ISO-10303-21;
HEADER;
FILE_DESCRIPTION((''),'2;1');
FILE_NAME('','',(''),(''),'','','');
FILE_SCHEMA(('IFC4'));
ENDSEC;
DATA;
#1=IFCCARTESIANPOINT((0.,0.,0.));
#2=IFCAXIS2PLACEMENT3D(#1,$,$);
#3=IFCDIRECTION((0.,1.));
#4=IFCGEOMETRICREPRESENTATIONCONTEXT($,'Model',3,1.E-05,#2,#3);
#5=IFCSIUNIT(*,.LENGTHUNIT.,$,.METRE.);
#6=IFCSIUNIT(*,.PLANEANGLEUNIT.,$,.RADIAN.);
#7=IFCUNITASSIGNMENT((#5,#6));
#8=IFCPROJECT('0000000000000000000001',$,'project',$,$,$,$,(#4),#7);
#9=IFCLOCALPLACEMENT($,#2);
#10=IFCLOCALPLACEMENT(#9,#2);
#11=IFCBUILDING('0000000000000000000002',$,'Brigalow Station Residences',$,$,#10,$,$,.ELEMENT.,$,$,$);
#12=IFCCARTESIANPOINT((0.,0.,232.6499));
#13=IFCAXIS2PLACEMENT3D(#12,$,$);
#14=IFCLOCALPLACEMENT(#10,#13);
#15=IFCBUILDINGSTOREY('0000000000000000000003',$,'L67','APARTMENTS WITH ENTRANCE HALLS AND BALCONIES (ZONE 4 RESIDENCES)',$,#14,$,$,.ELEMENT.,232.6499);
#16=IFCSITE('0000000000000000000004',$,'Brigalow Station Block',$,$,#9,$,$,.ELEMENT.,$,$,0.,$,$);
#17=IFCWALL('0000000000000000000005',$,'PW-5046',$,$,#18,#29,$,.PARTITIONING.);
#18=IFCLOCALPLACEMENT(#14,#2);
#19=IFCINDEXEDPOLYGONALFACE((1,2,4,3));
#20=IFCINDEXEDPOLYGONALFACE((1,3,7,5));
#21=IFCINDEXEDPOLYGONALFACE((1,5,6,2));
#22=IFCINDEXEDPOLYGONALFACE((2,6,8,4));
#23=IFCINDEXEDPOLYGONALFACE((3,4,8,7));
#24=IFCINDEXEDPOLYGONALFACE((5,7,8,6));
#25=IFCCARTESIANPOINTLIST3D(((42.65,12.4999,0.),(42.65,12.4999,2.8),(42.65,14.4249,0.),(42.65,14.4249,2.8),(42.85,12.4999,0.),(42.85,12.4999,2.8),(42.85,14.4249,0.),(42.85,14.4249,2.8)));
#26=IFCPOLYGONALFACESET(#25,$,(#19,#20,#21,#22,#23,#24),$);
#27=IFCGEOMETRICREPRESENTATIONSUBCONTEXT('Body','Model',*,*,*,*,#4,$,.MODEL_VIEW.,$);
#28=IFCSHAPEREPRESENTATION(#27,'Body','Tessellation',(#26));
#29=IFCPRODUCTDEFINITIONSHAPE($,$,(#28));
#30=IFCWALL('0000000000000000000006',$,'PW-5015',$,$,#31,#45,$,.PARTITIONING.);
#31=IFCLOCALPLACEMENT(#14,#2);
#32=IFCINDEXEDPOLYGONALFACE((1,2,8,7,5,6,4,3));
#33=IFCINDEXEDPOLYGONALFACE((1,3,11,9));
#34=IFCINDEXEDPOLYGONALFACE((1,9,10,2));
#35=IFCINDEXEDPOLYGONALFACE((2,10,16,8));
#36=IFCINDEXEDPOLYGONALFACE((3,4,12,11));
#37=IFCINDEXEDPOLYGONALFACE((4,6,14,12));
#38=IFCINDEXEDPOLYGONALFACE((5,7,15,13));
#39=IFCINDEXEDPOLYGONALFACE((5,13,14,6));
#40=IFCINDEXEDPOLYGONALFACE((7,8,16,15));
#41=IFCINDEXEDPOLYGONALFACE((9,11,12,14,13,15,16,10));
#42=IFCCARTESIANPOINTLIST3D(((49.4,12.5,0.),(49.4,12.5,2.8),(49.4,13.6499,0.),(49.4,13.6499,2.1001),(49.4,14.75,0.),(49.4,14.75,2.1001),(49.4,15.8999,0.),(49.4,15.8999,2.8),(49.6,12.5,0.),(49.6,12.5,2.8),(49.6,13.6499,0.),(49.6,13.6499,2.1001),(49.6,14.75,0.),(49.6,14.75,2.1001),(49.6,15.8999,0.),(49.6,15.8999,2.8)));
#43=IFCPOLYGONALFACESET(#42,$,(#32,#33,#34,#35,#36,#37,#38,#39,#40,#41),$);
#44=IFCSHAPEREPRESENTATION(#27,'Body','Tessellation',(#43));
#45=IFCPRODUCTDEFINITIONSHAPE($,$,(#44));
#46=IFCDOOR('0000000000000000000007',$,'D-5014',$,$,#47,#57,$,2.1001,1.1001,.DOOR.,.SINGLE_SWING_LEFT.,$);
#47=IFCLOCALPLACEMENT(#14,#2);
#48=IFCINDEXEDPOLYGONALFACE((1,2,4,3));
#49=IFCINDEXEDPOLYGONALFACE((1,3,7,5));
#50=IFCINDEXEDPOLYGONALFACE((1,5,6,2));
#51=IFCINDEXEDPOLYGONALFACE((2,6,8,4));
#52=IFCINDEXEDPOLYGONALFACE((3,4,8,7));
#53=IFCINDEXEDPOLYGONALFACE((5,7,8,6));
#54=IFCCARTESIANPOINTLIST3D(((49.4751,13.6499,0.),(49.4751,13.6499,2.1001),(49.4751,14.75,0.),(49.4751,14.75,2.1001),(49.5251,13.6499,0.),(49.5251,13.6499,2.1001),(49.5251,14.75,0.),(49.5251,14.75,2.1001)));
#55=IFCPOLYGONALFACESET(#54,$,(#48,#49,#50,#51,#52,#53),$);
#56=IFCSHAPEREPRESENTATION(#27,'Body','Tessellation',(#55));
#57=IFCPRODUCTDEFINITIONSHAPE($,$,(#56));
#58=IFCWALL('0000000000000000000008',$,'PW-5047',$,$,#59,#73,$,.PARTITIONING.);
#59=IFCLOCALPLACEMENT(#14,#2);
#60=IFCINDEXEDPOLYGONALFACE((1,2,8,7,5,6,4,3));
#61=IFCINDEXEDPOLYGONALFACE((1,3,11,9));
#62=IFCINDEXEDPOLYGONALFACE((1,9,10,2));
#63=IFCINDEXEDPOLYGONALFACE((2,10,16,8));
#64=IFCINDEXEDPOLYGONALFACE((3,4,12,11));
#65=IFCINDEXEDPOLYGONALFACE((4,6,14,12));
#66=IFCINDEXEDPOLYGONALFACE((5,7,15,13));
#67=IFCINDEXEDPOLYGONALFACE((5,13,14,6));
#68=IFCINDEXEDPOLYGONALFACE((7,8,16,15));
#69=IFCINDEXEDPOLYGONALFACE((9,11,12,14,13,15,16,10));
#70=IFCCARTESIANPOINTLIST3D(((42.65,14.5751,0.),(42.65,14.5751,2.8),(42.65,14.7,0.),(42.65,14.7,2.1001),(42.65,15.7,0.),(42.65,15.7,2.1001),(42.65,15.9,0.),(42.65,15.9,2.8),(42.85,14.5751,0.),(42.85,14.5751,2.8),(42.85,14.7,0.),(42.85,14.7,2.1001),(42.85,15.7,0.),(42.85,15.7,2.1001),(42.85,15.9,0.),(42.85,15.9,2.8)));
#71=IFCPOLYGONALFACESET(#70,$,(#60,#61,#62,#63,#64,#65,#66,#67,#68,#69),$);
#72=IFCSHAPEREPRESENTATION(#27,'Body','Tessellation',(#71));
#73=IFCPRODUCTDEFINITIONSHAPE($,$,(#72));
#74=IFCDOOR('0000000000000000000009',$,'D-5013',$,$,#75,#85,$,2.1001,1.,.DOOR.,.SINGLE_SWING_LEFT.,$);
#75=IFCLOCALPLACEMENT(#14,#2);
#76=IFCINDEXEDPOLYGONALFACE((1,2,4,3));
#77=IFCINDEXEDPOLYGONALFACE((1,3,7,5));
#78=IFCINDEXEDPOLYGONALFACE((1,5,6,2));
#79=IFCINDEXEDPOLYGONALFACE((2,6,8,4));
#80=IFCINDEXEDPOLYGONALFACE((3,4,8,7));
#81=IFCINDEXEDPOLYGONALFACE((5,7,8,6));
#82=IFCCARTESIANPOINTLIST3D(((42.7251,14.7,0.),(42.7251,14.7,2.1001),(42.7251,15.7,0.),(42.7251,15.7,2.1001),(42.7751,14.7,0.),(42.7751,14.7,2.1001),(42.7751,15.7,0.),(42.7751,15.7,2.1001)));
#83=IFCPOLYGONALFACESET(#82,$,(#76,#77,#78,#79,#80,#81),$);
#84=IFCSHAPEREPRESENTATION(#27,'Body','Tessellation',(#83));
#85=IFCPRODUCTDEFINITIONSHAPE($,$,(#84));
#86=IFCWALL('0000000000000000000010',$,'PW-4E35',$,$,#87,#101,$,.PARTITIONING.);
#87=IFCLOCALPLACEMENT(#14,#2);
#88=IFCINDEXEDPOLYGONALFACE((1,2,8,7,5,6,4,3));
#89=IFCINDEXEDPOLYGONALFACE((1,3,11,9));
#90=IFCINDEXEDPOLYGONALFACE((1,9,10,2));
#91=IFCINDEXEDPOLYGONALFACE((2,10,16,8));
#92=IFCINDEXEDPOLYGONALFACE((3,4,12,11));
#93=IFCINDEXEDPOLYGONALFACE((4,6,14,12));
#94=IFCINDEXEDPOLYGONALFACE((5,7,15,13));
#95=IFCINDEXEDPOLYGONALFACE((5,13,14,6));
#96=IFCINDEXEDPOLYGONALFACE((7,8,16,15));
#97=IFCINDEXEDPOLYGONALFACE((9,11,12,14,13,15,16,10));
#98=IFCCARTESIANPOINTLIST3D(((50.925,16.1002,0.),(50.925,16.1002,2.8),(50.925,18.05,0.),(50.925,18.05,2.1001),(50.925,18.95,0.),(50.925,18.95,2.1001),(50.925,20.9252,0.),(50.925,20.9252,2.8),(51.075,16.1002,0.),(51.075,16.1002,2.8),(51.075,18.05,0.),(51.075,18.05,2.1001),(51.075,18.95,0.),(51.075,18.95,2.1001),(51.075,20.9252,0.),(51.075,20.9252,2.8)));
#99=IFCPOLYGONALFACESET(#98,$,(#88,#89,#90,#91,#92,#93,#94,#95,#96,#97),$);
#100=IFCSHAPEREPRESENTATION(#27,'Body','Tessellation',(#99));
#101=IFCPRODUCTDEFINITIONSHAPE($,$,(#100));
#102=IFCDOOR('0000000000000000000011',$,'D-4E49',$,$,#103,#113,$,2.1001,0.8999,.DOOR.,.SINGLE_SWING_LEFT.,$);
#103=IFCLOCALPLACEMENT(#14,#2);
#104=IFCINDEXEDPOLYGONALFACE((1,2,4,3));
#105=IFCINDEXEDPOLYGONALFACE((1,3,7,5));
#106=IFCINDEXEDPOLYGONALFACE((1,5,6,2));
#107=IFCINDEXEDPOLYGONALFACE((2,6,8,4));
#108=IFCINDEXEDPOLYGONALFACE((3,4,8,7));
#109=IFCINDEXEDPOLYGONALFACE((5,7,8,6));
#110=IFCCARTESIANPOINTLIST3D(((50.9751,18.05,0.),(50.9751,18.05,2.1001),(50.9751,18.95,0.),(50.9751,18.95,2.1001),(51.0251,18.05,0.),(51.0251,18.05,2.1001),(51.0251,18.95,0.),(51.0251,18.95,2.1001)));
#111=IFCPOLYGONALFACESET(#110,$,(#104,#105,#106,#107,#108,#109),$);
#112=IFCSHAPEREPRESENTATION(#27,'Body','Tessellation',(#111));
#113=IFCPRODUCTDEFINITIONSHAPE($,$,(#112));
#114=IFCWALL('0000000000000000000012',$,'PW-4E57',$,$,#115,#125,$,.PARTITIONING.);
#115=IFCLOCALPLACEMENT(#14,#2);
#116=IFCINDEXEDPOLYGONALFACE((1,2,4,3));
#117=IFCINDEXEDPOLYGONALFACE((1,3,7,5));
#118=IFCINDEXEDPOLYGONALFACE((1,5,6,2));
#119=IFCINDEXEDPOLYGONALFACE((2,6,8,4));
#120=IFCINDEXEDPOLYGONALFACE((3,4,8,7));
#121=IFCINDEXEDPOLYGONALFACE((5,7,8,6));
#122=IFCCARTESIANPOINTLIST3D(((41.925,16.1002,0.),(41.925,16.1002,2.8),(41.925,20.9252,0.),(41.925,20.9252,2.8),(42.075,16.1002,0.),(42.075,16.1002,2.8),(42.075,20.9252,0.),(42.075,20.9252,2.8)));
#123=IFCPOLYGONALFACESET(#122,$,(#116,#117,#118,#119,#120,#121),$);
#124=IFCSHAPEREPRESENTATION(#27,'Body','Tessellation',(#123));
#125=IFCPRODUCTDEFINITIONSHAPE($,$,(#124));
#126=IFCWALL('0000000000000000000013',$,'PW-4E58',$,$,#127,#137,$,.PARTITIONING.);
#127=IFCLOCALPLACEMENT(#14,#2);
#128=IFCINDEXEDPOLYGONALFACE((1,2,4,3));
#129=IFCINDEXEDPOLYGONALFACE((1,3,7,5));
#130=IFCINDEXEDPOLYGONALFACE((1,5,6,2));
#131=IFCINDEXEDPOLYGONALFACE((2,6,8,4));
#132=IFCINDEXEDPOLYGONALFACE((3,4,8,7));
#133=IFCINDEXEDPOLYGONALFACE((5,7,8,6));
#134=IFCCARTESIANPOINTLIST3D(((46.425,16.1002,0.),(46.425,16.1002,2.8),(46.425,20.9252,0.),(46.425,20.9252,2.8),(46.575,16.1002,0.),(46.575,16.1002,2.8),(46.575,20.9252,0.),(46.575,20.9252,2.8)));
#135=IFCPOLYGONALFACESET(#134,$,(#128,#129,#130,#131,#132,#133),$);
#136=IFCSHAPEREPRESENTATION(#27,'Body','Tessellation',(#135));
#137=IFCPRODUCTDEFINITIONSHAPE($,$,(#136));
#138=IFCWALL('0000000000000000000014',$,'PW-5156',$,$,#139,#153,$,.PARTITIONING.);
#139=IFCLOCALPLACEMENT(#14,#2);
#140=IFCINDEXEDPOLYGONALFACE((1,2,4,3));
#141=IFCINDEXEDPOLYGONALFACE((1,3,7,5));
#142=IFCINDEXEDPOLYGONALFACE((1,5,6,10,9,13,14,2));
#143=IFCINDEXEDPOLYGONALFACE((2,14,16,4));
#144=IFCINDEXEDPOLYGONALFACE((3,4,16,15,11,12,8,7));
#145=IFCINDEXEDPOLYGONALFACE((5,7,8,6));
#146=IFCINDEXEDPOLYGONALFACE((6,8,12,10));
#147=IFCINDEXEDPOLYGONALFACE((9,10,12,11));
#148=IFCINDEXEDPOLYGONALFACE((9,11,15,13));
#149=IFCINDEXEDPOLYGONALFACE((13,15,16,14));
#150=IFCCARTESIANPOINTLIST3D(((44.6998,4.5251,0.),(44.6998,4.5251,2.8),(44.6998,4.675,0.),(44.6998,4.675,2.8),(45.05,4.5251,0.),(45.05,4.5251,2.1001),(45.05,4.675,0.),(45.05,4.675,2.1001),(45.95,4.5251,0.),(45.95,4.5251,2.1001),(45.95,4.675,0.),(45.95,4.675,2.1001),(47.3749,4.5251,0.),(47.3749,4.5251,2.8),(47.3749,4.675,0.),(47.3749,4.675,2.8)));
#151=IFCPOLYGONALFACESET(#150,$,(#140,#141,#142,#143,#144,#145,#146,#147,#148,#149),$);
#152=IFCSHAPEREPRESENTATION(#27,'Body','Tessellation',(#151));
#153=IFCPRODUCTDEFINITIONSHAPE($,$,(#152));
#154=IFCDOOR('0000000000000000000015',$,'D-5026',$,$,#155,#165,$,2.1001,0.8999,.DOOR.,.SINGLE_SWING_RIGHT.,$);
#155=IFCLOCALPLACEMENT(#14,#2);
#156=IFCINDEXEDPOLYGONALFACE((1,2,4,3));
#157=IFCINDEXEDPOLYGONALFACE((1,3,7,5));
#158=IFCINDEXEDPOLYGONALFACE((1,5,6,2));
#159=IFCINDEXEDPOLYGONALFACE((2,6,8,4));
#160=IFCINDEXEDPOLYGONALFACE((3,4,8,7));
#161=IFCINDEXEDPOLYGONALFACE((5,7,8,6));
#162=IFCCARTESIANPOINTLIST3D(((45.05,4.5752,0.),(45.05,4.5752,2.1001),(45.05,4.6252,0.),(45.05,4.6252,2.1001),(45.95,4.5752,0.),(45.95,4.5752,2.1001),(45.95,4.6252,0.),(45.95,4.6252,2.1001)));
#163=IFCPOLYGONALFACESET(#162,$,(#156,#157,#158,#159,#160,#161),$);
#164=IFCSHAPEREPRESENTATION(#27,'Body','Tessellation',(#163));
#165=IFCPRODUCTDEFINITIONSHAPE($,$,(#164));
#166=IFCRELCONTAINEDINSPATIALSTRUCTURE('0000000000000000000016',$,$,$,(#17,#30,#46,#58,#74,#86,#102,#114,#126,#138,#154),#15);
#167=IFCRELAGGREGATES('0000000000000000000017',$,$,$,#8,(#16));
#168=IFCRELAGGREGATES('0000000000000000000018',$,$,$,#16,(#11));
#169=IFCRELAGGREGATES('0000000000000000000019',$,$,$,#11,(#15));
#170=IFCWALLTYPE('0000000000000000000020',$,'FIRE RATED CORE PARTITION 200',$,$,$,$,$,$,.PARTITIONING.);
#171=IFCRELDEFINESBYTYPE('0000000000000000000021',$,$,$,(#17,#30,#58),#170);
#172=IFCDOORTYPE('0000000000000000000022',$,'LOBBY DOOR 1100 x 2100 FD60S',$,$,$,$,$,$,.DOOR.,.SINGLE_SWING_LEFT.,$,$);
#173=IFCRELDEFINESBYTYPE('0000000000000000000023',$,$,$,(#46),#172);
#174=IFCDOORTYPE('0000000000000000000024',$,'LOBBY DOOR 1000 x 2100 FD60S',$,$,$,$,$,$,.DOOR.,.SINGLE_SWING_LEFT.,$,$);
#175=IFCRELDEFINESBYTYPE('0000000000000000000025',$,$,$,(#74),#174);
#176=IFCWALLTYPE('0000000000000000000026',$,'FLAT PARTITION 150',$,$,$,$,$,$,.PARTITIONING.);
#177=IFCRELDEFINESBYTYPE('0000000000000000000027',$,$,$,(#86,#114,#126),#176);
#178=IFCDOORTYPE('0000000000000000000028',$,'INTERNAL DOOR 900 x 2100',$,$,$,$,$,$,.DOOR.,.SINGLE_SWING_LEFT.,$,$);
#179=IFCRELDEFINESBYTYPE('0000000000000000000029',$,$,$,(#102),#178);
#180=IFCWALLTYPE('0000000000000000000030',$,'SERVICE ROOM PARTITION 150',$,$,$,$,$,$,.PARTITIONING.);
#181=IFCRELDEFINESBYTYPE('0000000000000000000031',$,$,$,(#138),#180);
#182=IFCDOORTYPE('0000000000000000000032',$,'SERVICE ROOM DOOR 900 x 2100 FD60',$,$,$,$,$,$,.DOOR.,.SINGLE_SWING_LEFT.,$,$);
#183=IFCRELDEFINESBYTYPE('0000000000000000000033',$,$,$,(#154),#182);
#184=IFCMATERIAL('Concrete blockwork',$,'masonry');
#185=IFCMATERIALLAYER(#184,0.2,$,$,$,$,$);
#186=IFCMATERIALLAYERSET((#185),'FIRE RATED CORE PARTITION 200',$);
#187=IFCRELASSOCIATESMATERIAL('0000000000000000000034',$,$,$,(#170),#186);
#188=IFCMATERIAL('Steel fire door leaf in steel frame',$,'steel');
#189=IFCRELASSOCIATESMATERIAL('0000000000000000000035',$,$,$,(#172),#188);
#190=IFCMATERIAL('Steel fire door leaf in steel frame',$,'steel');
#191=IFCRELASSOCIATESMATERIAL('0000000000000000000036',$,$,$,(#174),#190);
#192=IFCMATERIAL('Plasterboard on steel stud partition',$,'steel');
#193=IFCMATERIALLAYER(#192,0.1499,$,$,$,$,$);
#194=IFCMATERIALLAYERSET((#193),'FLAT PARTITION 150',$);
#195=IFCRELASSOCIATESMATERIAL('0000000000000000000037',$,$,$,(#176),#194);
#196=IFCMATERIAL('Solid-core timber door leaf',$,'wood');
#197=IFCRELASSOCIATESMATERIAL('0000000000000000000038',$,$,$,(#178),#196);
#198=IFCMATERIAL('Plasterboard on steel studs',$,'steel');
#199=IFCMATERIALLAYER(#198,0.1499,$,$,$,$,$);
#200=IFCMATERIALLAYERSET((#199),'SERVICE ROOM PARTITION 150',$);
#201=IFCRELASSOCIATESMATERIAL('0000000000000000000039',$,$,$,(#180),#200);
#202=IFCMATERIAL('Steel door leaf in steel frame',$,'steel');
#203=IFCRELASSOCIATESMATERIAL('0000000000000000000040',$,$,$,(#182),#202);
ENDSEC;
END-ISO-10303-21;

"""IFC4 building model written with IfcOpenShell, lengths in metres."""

from ifc_helpers import new_model, si_unit, direction, frame, frame_2d, origin, place, context, subcontext, project, spatial, rectangle, extrude, material, layer, layer_set, type_object, element, fill, save


model = new_model("IFC4")

# Units and contexts
model_context = context("Model", 3, precision=1e-05, world=origin(), true_north=direction((0.0, 1.0)))
body_context = subcontext(model_context, "Body", "Model", "MODEL_VIEW")
ifc_project = project(units=[si_unit("LENGTHUNIT", "METRE"), si_unit("PLANEANGLEUNIT", "RADIAN")], contexts=[model_context])

# Site, building, storey
site_placement = place(None, origin())
site = spatial("IfcSite", under=ifc_project, at=site_placement, Name="Brigalow Station Block", CompositionType="ELEMENT", RefElevation=0.0)
building_placement = place(site_placement, origin())
building = spatial("IfcBuilding", under=site, at=building_placement, Name="Brigalow Station Residences", CompositionType="ELEMENT")
storey_placement = place(building_placement, frame((0.0, 0.0, 232.6499)))
storey = spatial("IfcBuildingStorey", under=building, at=storey_placement, Name="L67", Description="APARTMENTS WITH ENTRANCE HALLS AND BALCONIES (ZONE 4 RESIDENCES)", CompositionType="ELEMENT", Elevation=232.6499)

# Shared definitions
ifc_material_1 = material(Name="Concrete blockwork", Category="masonry")
ifc_layer_1 = layer(ifc_material_1, 0.2)
ifc_layer_set_1 = layer_set([ifc_layer_1], Name="FIRE RATED CORE PARTITION 200")
wall_type_1 = type_object("IfcWallType", Name="FIRE RATED CORE PARTITION 200", PredefinedType="PARTITIONING", material=ifc_layer_set_1)

# Wall
wall_1_placement = place(storey_placement, frame((42.75, 12.5, 0.0), z_axis=(0.0, 0.0, 1.0), x_axis=(0.0, 1.0, 0.0)))
element("IfcWall", 1, at=wall_1_placement, inside=storey, type_object=wall_type_1, Name="PW-5046", PredefinedType="PARTITIONING", context=body_context, shape_type="SweptSolid", body=[
    extrude(rectangle(XDim=1.925, YDim=0.2, at=frame_2d((0.9624, 0.0))), origin(), (0.0, 0.0, 1.0), 2.8),
])

# Walls, openings, doors
wall_2_placement = place(storey_placement, frame((49.5, 12.5, 0.0), z_axis=(0.0, 0.0, 1.0), x_axis=(0.0, 1.0, 0.0)))
wall_2 = element("IfcWall", 2, at=wall_2_placement, inside=storey, type_object=wall_type_1, Name="PW-5015", PredefinedType="PARTITIONING", context=body_context, shape_type="SweptSolid", body=[
    extrude(rectangle(XDim=3.3999, YDim=0.2, at=frame_2d((1.7, 0.0))), origin(), (0.0, 0.0, 1.0), 2.8),
])
opening_1_placement = place(wall_2_placement, frame((1.1499, 0.0, 0.0)))
opening_1 = element("IfcOpeningElement", 3, at=opening_1_placement, cuts=wall_2, PredefinedType="OPENING", context=body_context, shape_type="SweptSolid", body=[
    extrude(rectangle(XDim=1.1001, YDim=2.1001, at=frame_2d((0.55, 1.05))), frame((0.0, 0.1099, 0.0), z_axis=(0.0, -1.0, 0.0), x_axis=(1.0, 0.0, 0.0)), (0.0, 0.0, 1.0), 0.22),
])
ifc_material_2 = material(Name="Steel fire door leaf in steel frame", Category="steel")
door_type_1 = type_object("IfcDoorType", Name="LOBBY DOOR 1100 x 2100 FD60S", OperationType="SINGLE_SWING_LEFT", PredefinedType="DOOR", material=ifc_material_2)
door_1_placement = place(opening_1_placement, origin())
door_1 = element("IfcDoor", 4, at=door_1_placement, inside=storey, type_object=door_type_1, Name="D-5014", OperationType="SINGLE_SWING_LEFT", OverallHeight=2.1001, OverallWidth=1.1001, PredefinedType="DOOR", context=body_context, shape_type="SweptSolid", body=[
    extrude(rectangle(XDim=1.1001, YDim=2.1001, at=frame_2d((0.55, 1.05))), frame((0.0, 0.0249, 0.0), z_axis=(0.0, -1.0, 0.0), x_axis=(1.0, 0.0, 0.0)), (0.0, 0.0, 1.0), 0.05),
])
fill(opening_1, door_1)
wall_3_placement = place(storey_placement, frame((42.75, 14.575, 0.0), z_axis=(0.0, 0.0, 1.0), x_axis=(0.0, 1.0, 0.0)))
wall_3 = element("IfcWall", 5, at=wall_3_placement, inside=storey, type_object=wall_type_1, Name="PW-5047", PredefinedType="PARTITIONING", context=body_context, shape_type="SweptSolid", body=[
    extrude(rectangle(XDim=1.325, YDim=0.2, at=frame_2d((0.6626, 0.0))), origin(), (0.0, 0.0, 1.0), 2.8),
])
opening_2_placement = place(wall_3_placement, frame((0.125, 0.0, 0.0)))
opening_2 = element("IfcOpeningElement", 6, at=opening_2_placement, cuts=wall_3, PredefinedType="OPENING", context=body_context, shape_type="SweptSolid", body=[
    extrude(rectangle(XDim=1.0, YDim=2.1001, at=frame_2d((0.5, 1.05))), frame((0.0, 0.1099, 0.0), z_axis=(0.0, -1.0, 0.0), x_axis=(1.0, 0.0, 0.0)), (0.0, 0.0, 1.0), 0.22),
])
ifc_material_3 = material(Name="Steel fire door leaf in steel frame", Category="steel")
door_type_2 = type_object("IfcDoorType", Name="LOBBY DOOR 1000 x 2100 FD60S", OperationType="SINGLE_SWING_LEFT", PredefinedType="DOOR", material=ifc_material_3)
door_2_placement = place(opening_2_placement, origin())
door_2 = element("IfcDoor", 7, at=door_2_placement, inside=storey, type_object=door_type_2, Name="D-5013", OperationType="SINGLE_SWING_LEFT", OverallHeight=2.1001, OverallWidth=1.0, PredefinedType="DOOR", context=body_context, shape_type="SweptSolid", body=[
    extrude(rectangle(XDim=1.0, YDim=2.1001, at=frame_2d((0.5, 1.05))), frame((0.0, 0.0249, 0.0), z_axis=(0.0, -1.0, 0.0), x_axis=(1.0, 0.0, 0.0)), (0.0, 0.0, 1.0), 0.05),
])
fill(opening_2, door_2)
ifc_material_4 = material(Name="Plasterboard on steel stud partition", Category="steel")
ifc_layer_2 = layer(ifc_material_4, 0.1499)
ifc_layer_set_2 = layer_set([ifc_layer_2], Name="FLAT PARTITION 150")
wall_type_2 = type_object("IfcWallType", Name="FLAT PARTITION 150", PredefinedType="PARTITIONING", material=ifc_layer_set_2)
wall_4_placement = place(storey_placement, frame((51.0, 16.1001, 0.0), z_axis=(0.0, 0.0, 1.0), x_axis=(0.0, 1.0, 0.0)))
wall_4 = element("IfcWall", 8, at=wall_4_placement, inside=storey, type_object=wall_type_2, Name="PW-4E35", PredefinedType="PARTITIONING", context=body_context, shape_type="SweptSolid", body=[
    extrude(rectangle(XDim=4.825, YDim=0.1499, at=frame_2d((2.4126, 0.0))), origin(), (0.0, 0.0, 1.0), 2.8),
])
opening_3_placement = place(wall_4_placement, frame((1.95, 0.0, 0.0)))
opening_3 = element("IfcOpeningElement", 9, at=opening_3_placement, cuts=wall_4, PredefinedType="OPENING", context=body_context, shape_type="SweptSolid", body=[
    extrude(rectangle(XDim=0.8999, YDim=2.1001, at=frame_2d((0.45, 1.05))), frame((0.0, 0.085, 0.0), z_axis=(0.0, -1.0, 0.0), x_axis=(1.0, 0.0, 0.0)), (0.0, 0.0, 1.0), 0.1699),
])
ifc_material_5 = material(Name="Solid-core timber door leaf", Category="wood")
door_type_3 = type_object("IfcDoorType", Name="INTERNAL DOOR 900 x 2100", OperationType="SINGLE_SWING_LEFT", PredefinedType="DOOR", material=ifc_material_5)
door_3_placement = place(opening_3_placement, origin())
door_3 = element("IfcDoor", 10, at=door_3_placement, inside=storey, type_object=door_type_3, Name="D-4E49", OperationType="SINGLE_SWING_LEFT", OverallHeight=2.1001, OverallWidth=0.8999, PredefinedType="DOOR", context=body_context, shape_type="SweptSolid", body=[
    extrude(rectangle(XDim=0.8999, YDim=2.1001, at=frame_2d((0.45, 1.05))), frame((0.0, 0.0249, 0.0), z_axis=(0.0, -1.0, 0.0), x_axis=(1.0, 0.0, 0.0)), (0.0, 0.0, 1.0), 0.05),
])
fill(opening_3, door_3)

# Walls
for number, where, z_axis, x_axis, name in (
    (11, (42.0, 16.1001, 0.0), (0.0, 0.0, 1.0), (0.0, 1.0, 0.0), "PW-4E57"),
    (12, (46.5, 16.1001, 0.0), (0.0, 0.0, 1.0), (0.0, 1.0, 0.0), "PW-4E58"),
):
    element("IfcWall", number, at=place(storey_placement, frame(where, z_axis=z_axis, x_axis=x_axis)), inside=storey, type_object=wall_type_2, Name=name, PredefinedType="PARTITIONING", context=body_context, shape_type="SweptSolid", body=[
        extrude(rectangle(XDim=4.825, YDim=0.1499, at=frame_2d((2.4126, 0.0))), origin(), (0.0, 0.0, 1.0), 2.8),
    ])

# Wall, opening, door
ifc_material_6 = material(Name="Plasterboard on steel studs", Category="steel")
ifc_layer_3 = layer(ifc_material_6, 0.1499)
ifc_layer_set_3 = layer_set([ifc_layer_3], Name="SERVICE ROOM PARTITION 150")
wall_type_3 = type_object("IfcWallType", Name="SERVICE ROOM PARTITION 150", PredefinedType="PARTITIONING", material=ifc_layer_set_3)
wall_5_placement = place(storey_placement, frame((44.7, 4.6001, 0.0), z_axis=(0.0, 0.0, 1.0), x_axis=(1.0, 0.0, 0.0)))
wall_5 = element("IfcWall", 13, at=wall_5_placement, inside=storey, type_object=wall_type_3, Name="PW-5156", PredefinedType="PARTITIONING", context=body_context, shape_type="SweptSolid", body=[
    extrude(rectangle(XDim=2.675, YDim=0.1499, at=frame_2d((1.3374, 0.0))), origin(), (0.0, 0.0, 1.0), 2.8),
])
opening_4_placement = place(wall_5_placement, frame((0.3501, 0.0, 0.0)))
opening_4 = element("IfcOpeningElement", 14, at=opening_4_placement, cuts=wall_5, PredefinedType="OPENING", context=body_context, shape_type="SweptSolid", body=[
    extrude(rectangle(XDim=0.8999, YDim=2.1001, at=frame_2d((0.45, 1.05))), frame((0.0, 0.085, 0.0), z_axis=(0.0, -1.0, 0.0), x_axis=(1.0, 0.0, 0.0)), (0.0, 0.0, 1.0), 0.1699),
])
ifc_material_7 = material(Name="Steel door leaf in steel frame", Category="steel")
door_type_4 = type_object("IfcDoorType", Name="SERVICE ROOM DOOR 900 x 2100 FD60", OperationType="SINGLE_SWING_LEFT", PredefinedType="DOOR", material=ifc_material_7)
door_4_placement = place(opening_4_placement, frame((0.8999, 0.0, 0.0), z_axis=(0.0, 0.0, 1.0), x_axis=(-1.0, 0.0, 0.0)))
door_4 = element("IfcDoor", 15, at=door_4_placement, inside=storey, type_object=door_type_4, Name="D-5026", OperationType="SINGLE_SWING_RIGHT", OverallHeight=2.1001, OverallWidth=0.8999, PredefinedType="DOOR", context=body_context, shape_type="SweptSolid", body=[
    extrude(rectangle(XDim=0.8999, YDim=2.1001, at=frame_2d((0.45, 1.05))), frame((0.0, 0.0249, 0.0), z_axis=(0.0, -1.0, 0.0), x_axis=(1.0, 0.0, 0.0)), (0.0, 0.0, 1.0), 0.05),
])
fill(opening_4, door_4)

save(model, "model.ifc")
